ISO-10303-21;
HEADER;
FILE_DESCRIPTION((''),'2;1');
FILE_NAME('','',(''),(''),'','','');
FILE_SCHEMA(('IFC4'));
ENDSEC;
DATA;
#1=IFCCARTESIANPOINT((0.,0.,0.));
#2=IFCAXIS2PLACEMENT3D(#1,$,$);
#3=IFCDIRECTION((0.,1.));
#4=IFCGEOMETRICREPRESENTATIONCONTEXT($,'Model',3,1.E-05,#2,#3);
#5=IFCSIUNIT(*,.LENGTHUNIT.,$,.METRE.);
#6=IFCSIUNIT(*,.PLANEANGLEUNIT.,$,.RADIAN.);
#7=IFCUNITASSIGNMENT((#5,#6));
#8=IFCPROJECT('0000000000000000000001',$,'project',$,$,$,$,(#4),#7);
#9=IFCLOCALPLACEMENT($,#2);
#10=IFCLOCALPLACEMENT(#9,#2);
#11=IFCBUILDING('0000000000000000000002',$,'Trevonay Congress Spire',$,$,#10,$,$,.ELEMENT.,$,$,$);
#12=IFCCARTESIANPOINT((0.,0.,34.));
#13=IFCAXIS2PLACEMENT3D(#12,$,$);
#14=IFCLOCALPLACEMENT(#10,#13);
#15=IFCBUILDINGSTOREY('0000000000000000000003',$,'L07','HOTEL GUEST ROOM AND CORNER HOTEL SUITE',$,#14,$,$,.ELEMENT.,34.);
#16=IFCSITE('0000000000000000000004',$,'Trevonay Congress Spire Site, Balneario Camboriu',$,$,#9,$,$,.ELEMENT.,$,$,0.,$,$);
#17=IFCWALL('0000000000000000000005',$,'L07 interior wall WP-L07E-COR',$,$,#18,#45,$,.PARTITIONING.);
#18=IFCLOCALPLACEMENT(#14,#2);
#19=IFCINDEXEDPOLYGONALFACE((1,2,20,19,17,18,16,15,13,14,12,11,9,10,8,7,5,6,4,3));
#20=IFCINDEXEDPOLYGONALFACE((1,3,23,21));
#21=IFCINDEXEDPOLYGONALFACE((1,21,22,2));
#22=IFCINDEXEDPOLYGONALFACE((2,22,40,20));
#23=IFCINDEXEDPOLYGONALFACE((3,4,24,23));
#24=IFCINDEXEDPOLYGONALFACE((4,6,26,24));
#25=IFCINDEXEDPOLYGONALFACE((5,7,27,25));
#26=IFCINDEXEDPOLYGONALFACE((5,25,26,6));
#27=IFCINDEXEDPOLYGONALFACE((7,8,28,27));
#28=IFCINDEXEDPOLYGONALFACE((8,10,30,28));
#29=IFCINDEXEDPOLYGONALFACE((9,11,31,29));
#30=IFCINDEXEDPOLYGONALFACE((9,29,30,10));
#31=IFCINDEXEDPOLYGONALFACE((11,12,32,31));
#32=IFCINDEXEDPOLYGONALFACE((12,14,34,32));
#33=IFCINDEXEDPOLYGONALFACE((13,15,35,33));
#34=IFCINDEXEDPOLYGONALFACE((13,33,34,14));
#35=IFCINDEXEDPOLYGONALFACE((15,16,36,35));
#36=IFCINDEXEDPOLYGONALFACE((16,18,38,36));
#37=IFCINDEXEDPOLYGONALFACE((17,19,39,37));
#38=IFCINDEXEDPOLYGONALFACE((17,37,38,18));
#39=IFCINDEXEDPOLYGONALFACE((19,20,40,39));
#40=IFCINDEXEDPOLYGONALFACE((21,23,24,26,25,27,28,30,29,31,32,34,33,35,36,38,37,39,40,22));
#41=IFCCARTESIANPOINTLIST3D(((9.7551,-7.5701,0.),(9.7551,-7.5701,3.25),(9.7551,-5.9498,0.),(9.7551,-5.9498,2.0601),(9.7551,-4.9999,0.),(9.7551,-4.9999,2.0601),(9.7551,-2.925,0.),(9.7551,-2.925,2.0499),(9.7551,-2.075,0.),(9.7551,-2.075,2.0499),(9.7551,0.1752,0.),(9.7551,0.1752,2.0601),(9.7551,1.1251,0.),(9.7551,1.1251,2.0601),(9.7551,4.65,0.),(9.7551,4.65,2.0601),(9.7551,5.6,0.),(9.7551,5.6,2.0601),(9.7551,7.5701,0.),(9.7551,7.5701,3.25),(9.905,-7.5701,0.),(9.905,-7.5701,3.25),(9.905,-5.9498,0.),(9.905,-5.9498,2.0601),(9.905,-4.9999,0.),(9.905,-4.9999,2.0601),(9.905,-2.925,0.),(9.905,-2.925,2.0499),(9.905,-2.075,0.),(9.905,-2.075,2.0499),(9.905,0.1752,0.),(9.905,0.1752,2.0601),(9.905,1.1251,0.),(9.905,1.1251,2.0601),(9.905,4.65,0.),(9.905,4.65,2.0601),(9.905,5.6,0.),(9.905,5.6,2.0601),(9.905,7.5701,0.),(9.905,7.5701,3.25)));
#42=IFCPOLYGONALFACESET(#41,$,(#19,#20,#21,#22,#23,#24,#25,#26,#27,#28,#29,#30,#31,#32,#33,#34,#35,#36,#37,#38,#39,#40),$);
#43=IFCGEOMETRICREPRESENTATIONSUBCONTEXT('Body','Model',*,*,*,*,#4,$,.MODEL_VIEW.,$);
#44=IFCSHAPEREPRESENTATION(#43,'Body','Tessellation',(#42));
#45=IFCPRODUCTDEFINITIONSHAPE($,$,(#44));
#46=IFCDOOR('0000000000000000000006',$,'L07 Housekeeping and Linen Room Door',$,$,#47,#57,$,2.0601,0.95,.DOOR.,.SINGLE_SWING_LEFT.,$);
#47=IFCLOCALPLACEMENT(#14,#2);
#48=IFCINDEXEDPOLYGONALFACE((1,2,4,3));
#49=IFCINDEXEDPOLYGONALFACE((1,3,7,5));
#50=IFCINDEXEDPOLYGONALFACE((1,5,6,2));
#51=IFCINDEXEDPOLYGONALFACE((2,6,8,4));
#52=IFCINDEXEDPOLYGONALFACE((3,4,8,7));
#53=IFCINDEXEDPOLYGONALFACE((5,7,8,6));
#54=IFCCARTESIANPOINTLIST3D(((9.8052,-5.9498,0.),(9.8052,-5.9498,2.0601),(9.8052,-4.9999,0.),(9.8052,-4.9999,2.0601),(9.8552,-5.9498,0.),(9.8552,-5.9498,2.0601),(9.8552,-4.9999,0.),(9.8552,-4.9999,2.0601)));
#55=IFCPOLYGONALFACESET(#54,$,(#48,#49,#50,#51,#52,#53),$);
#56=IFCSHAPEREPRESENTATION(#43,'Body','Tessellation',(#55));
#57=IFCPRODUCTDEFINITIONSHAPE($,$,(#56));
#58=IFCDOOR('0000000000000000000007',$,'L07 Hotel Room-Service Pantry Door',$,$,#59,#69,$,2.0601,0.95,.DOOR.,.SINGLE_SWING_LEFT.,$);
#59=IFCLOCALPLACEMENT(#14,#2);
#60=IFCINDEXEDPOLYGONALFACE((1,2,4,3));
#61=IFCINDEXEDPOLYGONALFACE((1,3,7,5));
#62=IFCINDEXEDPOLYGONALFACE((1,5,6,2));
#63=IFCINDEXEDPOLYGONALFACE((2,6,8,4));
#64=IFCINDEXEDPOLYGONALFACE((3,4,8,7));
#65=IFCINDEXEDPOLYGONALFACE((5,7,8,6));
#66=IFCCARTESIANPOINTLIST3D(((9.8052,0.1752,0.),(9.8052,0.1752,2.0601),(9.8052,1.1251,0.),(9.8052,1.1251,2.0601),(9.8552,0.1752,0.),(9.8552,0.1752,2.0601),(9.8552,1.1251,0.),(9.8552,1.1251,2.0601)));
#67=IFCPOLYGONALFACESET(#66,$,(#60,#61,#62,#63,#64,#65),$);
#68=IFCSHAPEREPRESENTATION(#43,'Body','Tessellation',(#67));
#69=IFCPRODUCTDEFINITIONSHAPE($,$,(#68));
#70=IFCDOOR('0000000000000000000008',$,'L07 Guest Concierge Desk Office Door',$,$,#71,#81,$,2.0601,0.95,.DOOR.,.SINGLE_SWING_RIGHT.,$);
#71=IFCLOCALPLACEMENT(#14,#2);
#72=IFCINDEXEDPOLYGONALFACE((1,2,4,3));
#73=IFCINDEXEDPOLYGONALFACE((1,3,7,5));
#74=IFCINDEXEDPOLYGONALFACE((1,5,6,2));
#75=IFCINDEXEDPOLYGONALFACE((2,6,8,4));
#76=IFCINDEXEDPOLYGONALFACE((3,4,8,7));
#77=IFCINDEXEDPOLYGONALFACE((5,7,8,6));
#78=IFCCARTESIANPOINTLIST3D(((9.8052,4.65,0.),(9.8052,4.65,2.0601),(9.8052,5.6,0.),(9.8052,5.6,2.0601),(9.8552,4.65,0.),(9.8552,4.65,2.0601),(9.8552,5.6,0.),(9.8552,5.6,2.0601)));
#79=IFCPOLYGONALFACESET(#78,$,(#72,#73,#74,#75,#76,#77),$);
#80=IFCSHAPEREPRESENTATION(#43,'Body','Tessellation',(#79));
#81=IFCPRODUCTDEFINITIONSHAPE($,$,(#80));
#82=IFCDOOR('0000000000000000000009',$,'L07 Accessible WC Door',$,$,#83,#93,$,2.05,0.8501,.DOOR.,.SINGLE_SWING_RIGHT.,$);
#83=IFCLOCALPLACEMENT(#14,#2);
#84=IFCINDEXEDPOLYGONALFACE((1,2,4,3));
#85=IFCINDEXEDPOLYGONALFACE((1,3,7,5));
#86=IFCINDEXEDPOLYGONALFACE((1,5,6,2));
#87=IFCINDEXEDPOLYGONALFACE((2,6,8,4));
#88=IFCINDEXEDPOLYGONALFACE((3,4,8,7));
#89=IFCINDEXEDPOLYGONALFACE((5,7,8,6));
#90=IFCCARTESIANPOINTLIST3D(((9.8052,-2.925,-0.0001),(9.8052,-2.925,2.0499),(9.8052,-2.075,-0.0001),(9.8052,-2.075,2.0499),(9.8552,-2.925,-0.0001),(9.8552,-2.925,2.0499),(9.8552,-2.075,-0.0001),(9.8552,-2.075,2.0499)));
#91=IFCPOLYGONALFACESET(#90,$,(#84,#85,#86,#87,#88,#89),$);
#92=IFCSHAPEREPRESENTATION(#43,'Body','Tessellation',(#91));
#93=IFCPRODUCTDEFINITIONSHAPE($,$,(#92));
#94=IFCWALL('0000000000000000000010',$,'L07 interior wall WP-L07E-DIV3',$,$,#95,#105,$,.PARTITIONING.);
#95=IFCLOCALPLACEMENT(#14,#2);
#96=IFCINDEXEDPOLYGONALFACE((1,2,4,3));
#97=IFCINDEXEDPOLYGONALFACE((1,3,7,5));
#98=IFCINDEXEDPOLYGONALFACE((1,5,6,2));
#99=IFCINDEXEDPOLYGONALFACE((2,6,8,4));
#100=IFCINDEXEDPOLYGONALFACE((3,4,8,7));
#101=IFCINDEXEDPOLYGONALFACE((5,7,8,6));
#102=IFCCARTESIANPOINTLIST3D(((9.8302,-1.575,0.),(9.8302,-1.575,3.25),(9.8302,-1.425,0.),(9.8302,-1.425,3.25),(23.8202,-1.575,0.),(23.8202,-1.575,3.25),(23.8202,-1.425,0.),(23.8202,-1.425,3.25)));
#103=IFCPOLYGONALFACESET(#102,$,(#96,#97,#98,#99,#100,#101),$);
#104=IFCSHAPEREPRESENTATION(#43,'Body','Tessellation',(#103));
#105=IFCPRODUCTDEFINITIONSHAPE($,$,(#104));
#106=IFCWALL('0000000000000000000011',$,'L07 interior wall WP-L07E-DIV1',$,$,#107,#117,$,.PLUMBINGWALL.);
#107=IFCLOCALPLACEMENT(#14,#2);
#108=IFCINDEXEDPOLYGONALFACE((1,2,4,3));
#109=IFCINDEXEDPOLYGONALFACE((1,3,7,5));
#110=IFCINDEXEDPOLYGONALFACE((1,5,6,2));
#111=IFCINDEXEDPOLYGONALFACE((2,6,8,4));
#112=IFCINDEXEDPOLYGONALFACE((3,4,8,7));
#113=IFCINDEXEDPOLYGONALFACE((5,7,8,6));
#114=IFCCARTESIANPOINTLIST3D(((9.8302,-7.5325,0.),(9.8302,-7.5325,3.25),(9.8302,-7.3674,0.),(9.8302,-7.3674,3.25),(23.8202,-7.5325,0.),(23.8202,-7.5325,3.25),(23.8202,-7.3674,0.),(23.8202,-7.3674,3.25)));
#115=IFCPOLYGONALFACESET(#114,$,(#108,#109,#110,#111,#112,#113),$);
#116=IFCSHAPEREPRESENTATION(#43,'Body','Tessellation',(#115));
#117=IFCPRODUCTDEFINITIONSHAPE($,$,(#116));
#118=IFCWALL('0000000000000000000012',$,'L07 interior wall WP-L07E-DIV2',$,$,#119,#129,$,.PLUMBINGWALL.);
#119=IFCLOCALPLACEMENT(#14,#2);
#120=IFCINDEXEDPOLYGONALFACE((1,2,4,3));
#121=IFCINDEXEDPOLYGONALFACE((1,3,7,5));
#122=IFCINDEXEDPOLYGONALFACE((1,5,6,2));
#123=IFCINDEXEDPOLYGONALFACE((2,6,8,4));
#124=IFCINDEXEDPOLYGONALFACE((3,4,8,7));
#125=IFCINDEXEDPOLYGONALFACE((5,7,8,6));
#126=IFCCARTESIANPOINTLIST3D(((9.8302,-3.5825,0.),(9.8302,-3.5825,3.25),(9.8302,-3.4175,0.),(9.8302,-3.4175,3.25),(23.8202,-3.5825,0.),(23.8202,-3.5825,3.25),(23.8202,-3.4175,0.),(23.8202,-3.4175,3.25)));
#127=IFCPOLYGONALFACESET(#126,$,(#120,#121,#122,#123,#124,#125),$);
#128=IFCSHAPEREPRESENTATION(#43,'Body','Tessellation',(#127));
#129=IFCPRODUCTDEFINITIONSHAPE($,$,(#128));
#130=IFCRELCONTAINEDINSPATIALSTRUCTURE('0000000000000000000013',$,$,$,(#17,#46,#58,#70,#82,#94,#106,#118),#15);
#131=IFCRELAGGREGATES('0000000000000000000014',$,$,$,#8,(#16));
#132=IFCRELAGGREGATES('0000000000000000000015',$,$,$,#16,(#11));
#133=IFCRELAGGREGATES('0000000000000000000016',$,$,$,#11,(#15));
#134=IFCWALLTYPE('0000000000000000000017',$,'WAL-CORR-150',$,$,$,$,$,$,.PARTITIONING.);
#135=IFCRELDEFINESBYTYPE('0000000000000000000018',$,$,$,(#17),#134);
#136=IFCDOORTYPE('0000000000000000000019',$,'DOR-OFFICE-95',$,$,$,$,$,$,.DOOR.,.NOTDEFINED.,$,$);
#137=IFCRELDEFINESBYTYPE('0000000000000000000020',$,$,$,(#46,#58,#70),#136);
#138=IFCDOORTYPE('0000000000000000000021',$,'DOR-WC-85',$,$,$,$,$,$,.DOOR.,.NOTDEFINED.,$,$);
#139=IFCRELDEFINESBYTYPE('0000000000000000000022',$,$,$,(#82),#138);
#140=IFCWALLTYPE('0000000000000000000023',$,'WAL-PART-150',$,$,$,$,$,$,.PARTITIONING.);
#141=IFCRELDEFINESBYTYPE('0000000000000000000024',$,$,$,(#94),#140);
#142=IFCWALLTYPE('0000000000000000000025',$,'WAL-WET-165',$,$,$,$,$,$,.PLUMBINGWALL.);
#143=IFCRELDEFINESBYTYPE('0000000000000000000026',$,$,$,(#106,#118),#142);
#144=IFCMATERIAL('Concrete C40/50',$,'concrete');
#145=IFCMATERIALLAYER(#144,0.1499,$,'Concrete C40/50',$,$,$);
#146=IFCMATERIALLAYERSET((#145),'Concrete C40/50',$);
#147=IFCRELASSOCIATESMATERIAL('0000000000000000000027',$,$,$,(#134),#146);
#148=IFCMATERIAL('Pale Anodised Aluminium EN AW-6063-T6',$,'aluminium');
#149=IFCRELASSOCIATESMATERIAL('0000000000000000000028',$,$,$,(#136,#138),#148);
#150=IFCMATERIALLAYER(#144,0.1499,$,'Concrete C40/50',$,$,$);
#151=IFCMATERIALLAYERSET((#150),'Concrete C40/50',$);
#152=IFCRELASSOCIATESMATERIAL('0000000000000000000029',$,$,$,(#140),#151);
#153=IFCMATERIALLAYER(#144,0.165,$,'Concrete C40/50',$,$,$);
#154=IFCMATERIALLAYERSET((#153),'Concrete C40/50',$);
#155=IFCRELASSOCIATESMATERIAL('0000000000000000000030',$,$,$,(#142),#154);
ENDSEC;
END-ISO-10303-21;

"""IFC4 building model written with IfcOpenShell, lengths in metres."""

from ifc_helpers import new_model, si_unit, direction, frame, frame_2d, origin, place, context, subcontext, project, spatial, rectangle, extrude, material, layer, layer_set, type_object, element, fill, save


model = new_model("IFC4")

# Units and contexts
model_context = context("Model", 3, precision=1e-05, world=origin(), true_north=direction((0.0, 1.0)))
body_context = subcontext(model_context, "Body", "Model", "MODEL_VIEW")
ifc_project = project(units=[si_unit("LENGTHUNIT", "METRE"), si_unit("PLANEANGLEUNIT", "RADIAN")], contexts=[model_context])

# Site, building, storey
site_placement = place(None, origin())
site = spatial("IfcSite", under=ifc_project, at=site_placement, Name="Trevonay Congress Spire Site, Balneario Camboriu", CompositionType="ELEMENT", RefElevation=0.0)
building_placement = place(site_placement, origin())
building = spatial("IfcBuilding", under=site, at=building_placement, Name="Trevonay Congress Spire", CompositionType="ELEMENT")
storey_placement = place(building_placement, frame((0.0, 0.0, 34.0)))
storey = spatial("IfcBuildingStorey", under=building, at=storey_placement, Name="L07", Description="HOTEL GUEST ROOM AND CORNER HOTEL SUITE", CompositionType="ELEMENT", Elevation=34.0)

# Shared definitions
ifc_material_1 = material(Name="Pale Anodised Aluminium EN AW-6063-T6", Category="aluminium")

# Shared definitions
ifc_material_2 = material(Name="Concrete C40/50", Category="concrete")

# Wall, openings, doors
ifc_layer_1 = layer(ifc_material_2, 0.1499, Name="Concrete C40/50")
ifc_layer_set_1 = layer_set([ifc_layer_1], Name="Concrete C40/50")
wall_type_1 = type_object("IfcWallType", Name="WAL-CORR-150", PredefinedType="PARTITIONING", material=ifc_layer_set_1)
wall_1_placement = place(storey_placement, frame((9.8301, -7.5701, 0.0), z_axis=(0.0, 0.0, 1.0), x_axis=(0.0, 1.0, 0.0)))
wall_1 = element("IfcWall", 1, at=wall_1_placement, inside=storey, type_object=wall_type_1, Name="L07 interior wall WP-L07E-COR", PredefinedType="PARTITIONING", context=body_context, shape_type="SweptSolid", body=[
    extrude(rectangle(XDim=15.1401, YDim=0.1499, at=frame_2d((7.5701, 0.0))), origin(), (0.0, 0.0, 1.0), 3.25),
])
opening_1_placement = place(wall_1_placement, frame((1.6201, 0.0, 0.0)))
opening_1 = element("IfcOpeningElement", 2, at=opening_1_placement, cuts=wall_1, PredefinedType="OPENING", context=body_context, shape_type="SweptSolid", body=[
    extrude(rectangle(XDim=0.95, YDim=2.0601, at=frame_2d((0.4751, 1.03))), frame((0.0, 0.085, 0.0), z_axis=(0.0, -1.0, 0.0), x_axis=(1.0, 0.0, 0.0)), (0.0, 0.0, 1.0), 0.1699),
])
opening_2_placement = place(wall_1_placement, frame((4.645, 0.0, 0.0)))
opening_2 = element("IfcOpeningElement", 3, at=opening_2_placement, cuts=wall_1, PredefinedType="OPENING", context=body_context, shape_type="SweptSolid", body=[
    extrude(rectangle(XDim=0.8501, YDim=2.05, at=frame_2d((0.425, 1.0249))), frame((0.0, 0.085, 0.0), z_axis=(0.0, -1.0, 0.0), x_axis=(1.0, 0.0, 0.0)), (0.0, 0.0, 1.0), 0.1699),
])
opening_3_placement = place(wall_1_placement, frame((7.7451, 0.0, 0.0)))
opening_3 = element("IfcOpeningElement", 4, at=opening_3_placement, cuts=wall_1, PredefinedType="OPENING", context=body_context, shape_type="SweptSolid", body=[
    extrude(rectangle(XDim=0.95, YDim=2.0601, at=frame_2d((0.4751, 1.03))), frame((0.0, 0.085, 0.0), z_axis=(0.0, -1.0, 0.0), x_axis=(1.0, 0.0, 0.0)), (0.0, 0.0, 1.0), 0.1699),
])
opening_4_placement = place(wall_1_placement, frame((12.22, 0.0, 0.0)))
opening_4 = element("IfcOpeningElement", 5, at=opening_4_placement, cuts=wall_1, PredefinedType="OPENING", context=body_context, shape_type="SweptSolid", body=[
    extrude(rectangle(XDim=0.95, YDim=2.0601, at=frame_2d((0.4751, 1.03))), frame((0.0, 0.085, 0.0), z_axis=(0.0, -1.0, 0.0), x_axis=(1.0, 0.0, 0.0)), (0.0, 0.0, 1.0), 0.1699),
])
door_type_1 = type_object("IfcDoorType", Name="DOR-OFFICE-95", OperationType="NOTDEFINED", PredefinedType="DOOR", material=ifc_material_1)
door_1_placement = place(opening_1_placement, origin())
door_1 = element("IfcDoor", 6, at=door_1_placement, inside=storey, type_object=door_type_1, Name="L07 Housekeeping and Linen Room Door", OperationType="SINGLE_SWING_LEFT", OverallHeight=2.0601, OverallWidth=0.95, PredefinedType="DOOR", context=body_context, shape_type="SweptSolid", body=[
    extrude(rectangle(XDim=0.95, YDim=2.0601, at=frame_2d((0.4751, 1.03))), frame((0.0, 0.0249, 0.0), z_axis=(0.0, -1.0, 0.0), x_axis=(1.0, 0.0, 0.0)), (0.0, 0.0, 1.0), 0.05),
])
fill(opening_1, door_1)
door_2_placement = place(opening_3_placement, origin())
door_2 = element("IfcDoor", 7, at=door_2_placement, inside=storey, type_object=door_type_1, Name="L07 Hotel Room-Service Pantry Door", OperationType="SINGLE_SWING_LEFT", OverallHeight=2.0601, OverallWidth=0.95, PredefinedType="DOOR", context=body_context, shape_type="SweptSolid", body=[
    extrude(rectangle(XDim=0.95, YDim=2.0601, at=frame_2d((0.4751, 1.03))), frame((0.0, 0.0249, 0.0), z_axis=(0.0, -1.0, 0.0), x_axis=(1.0, 0.0, 0.0)), (0.0, 0.0, 1.0), 0.05),
])
fill(opening_3, door_2)
door_3_placement = place(opening_4_placement, origin())
door_3 = element("IfcDoor", 8, at=door_3_placement, inside=storey, type_object=door_type_1, Name="L07 Guest Concierge Desk Office Door", OperationType="SINGLE_SWING_RIGHT", OverallHeight=2.0601, OverallWidth=0.95, PredefinedType="DOOR", context=body_context, shape_type="SweptSolid", body=[
    extrude(rectangle(XDim=0.95, YDim=2.0601, at=frame_2d((0.4751, 1.03))), frame((0.0, 0.0249, 0.0), z_axis=(0.0, -1.0, 0.0), x_axis=(1.0, 0.0, 0.0)), (0.0, 0.0, 1.0), 0.05),
])
fill(opening_4, door_3)
door_type_2 = type_object("IfcDoorType", Name="DOR-WC-85", OperationType="NOTDEFINED", PredefinedType="DOOR", material=ifc_material_1)
door_4_placement = place(opening_2_placement, origin())
door_4 = element("IfcDoor", 9, at=door_4_placement, inside=storey, type_object=door_type_2, Name="L07 Accessible WC Door", OperationType="SINGLE_SWING_RIGHT", OverallHeight=2.05, OverallWidth=0.8501, PredefinedType="DOOR", context=body_context, shape_type="SweptSolid", body=[
    extrude(rectangle(XDim=0.8501, YDim=2.05, at=frame_2d((0.425, 1.0249))), frame((0.0, 0.0249, 0.0), z_axis=(0.0, -1.0, 0.0), x_axis=(1.0, 0.0, 0.0)), (0.0, 0.0, 1.0), 0.05),
])
fill(opening_2, door_4)

# Walls
ifc_layer_2 = layer(ifc_material_2, 0.1499, Name="Concrete C40/50")
ifc_layer_set_2 = layer_set([ifc_layer_2], Name="Concrete C40/50")
wall_type_2 = type_object("IfcWallType", Name="WAL-PART-150", PredefinedType="PARTITIONING", material=ifc_layer_set_2)
wall_2_placement = place(storey_placement, frame((9.8301, -1.5, 0.0), z_axis=(0.0, 0.0, 1.0), x_axis=(1.0, 0.0, 0.0)))
element("IfcWall", 10, at=wall_2_placement, inside=storey, type_object=wall_type_2, Name="L07 interior wall WP-L07E-DIV3", PredefinedType="PARTITIONING", context=body_context, shape_type="SweptSolid", body=[
    extrude(rectangle(XDim=13.99, YDim=0.1499, at=frame_2d((6.9951, 0.0))), origin(), (0.0, 0.0, 1.0), 3.25),
])
ifc_layer_3 = layer(ifc_material_2, 0.165, Name="Concrete C40/50")
ifc_layer_set_3 = layer_set([ifc_layer_3], Name="Concrete C40/50")
wall_type_3 = type_object("IfcWallType", Name="WAL-WET-165", PredefinedType="PLUMBINGWALL", material=ifc_layer_set_3)
for number, where, z_axis, x_axis, name in (
    (11, (9.8301, -7.45, 0.0), (0.0, 0.0, 1.0), (1.0, 0.0, 0.0), "L07 interior wall WP-L07E-DIV1"),
    (12, (9.8301, -3.5, 0.0), (0.0, 0.0, 1.0), (1.0, 0.0, 0.0), "L07 interior wall WP-L07E-DIV2"),
):
    element("IfcWall", number, at=place(storey_placement, frame(where, z_axis=z_axis, x_axis=x_axis)), inside=storey, type_object=wall_type_3, Name=name, PredefinedType="PLUMBINGWALL", context=body_context, shape_type="SweptSolid", body=[
        extrude(rectangle(XDim=13.99, YDim=0.165, at=frame_2d((6.9951, 0.0))), origin(), (0.0, 0.0, 1.0), 3.25),
    ])

save(model, "model.ifc")
